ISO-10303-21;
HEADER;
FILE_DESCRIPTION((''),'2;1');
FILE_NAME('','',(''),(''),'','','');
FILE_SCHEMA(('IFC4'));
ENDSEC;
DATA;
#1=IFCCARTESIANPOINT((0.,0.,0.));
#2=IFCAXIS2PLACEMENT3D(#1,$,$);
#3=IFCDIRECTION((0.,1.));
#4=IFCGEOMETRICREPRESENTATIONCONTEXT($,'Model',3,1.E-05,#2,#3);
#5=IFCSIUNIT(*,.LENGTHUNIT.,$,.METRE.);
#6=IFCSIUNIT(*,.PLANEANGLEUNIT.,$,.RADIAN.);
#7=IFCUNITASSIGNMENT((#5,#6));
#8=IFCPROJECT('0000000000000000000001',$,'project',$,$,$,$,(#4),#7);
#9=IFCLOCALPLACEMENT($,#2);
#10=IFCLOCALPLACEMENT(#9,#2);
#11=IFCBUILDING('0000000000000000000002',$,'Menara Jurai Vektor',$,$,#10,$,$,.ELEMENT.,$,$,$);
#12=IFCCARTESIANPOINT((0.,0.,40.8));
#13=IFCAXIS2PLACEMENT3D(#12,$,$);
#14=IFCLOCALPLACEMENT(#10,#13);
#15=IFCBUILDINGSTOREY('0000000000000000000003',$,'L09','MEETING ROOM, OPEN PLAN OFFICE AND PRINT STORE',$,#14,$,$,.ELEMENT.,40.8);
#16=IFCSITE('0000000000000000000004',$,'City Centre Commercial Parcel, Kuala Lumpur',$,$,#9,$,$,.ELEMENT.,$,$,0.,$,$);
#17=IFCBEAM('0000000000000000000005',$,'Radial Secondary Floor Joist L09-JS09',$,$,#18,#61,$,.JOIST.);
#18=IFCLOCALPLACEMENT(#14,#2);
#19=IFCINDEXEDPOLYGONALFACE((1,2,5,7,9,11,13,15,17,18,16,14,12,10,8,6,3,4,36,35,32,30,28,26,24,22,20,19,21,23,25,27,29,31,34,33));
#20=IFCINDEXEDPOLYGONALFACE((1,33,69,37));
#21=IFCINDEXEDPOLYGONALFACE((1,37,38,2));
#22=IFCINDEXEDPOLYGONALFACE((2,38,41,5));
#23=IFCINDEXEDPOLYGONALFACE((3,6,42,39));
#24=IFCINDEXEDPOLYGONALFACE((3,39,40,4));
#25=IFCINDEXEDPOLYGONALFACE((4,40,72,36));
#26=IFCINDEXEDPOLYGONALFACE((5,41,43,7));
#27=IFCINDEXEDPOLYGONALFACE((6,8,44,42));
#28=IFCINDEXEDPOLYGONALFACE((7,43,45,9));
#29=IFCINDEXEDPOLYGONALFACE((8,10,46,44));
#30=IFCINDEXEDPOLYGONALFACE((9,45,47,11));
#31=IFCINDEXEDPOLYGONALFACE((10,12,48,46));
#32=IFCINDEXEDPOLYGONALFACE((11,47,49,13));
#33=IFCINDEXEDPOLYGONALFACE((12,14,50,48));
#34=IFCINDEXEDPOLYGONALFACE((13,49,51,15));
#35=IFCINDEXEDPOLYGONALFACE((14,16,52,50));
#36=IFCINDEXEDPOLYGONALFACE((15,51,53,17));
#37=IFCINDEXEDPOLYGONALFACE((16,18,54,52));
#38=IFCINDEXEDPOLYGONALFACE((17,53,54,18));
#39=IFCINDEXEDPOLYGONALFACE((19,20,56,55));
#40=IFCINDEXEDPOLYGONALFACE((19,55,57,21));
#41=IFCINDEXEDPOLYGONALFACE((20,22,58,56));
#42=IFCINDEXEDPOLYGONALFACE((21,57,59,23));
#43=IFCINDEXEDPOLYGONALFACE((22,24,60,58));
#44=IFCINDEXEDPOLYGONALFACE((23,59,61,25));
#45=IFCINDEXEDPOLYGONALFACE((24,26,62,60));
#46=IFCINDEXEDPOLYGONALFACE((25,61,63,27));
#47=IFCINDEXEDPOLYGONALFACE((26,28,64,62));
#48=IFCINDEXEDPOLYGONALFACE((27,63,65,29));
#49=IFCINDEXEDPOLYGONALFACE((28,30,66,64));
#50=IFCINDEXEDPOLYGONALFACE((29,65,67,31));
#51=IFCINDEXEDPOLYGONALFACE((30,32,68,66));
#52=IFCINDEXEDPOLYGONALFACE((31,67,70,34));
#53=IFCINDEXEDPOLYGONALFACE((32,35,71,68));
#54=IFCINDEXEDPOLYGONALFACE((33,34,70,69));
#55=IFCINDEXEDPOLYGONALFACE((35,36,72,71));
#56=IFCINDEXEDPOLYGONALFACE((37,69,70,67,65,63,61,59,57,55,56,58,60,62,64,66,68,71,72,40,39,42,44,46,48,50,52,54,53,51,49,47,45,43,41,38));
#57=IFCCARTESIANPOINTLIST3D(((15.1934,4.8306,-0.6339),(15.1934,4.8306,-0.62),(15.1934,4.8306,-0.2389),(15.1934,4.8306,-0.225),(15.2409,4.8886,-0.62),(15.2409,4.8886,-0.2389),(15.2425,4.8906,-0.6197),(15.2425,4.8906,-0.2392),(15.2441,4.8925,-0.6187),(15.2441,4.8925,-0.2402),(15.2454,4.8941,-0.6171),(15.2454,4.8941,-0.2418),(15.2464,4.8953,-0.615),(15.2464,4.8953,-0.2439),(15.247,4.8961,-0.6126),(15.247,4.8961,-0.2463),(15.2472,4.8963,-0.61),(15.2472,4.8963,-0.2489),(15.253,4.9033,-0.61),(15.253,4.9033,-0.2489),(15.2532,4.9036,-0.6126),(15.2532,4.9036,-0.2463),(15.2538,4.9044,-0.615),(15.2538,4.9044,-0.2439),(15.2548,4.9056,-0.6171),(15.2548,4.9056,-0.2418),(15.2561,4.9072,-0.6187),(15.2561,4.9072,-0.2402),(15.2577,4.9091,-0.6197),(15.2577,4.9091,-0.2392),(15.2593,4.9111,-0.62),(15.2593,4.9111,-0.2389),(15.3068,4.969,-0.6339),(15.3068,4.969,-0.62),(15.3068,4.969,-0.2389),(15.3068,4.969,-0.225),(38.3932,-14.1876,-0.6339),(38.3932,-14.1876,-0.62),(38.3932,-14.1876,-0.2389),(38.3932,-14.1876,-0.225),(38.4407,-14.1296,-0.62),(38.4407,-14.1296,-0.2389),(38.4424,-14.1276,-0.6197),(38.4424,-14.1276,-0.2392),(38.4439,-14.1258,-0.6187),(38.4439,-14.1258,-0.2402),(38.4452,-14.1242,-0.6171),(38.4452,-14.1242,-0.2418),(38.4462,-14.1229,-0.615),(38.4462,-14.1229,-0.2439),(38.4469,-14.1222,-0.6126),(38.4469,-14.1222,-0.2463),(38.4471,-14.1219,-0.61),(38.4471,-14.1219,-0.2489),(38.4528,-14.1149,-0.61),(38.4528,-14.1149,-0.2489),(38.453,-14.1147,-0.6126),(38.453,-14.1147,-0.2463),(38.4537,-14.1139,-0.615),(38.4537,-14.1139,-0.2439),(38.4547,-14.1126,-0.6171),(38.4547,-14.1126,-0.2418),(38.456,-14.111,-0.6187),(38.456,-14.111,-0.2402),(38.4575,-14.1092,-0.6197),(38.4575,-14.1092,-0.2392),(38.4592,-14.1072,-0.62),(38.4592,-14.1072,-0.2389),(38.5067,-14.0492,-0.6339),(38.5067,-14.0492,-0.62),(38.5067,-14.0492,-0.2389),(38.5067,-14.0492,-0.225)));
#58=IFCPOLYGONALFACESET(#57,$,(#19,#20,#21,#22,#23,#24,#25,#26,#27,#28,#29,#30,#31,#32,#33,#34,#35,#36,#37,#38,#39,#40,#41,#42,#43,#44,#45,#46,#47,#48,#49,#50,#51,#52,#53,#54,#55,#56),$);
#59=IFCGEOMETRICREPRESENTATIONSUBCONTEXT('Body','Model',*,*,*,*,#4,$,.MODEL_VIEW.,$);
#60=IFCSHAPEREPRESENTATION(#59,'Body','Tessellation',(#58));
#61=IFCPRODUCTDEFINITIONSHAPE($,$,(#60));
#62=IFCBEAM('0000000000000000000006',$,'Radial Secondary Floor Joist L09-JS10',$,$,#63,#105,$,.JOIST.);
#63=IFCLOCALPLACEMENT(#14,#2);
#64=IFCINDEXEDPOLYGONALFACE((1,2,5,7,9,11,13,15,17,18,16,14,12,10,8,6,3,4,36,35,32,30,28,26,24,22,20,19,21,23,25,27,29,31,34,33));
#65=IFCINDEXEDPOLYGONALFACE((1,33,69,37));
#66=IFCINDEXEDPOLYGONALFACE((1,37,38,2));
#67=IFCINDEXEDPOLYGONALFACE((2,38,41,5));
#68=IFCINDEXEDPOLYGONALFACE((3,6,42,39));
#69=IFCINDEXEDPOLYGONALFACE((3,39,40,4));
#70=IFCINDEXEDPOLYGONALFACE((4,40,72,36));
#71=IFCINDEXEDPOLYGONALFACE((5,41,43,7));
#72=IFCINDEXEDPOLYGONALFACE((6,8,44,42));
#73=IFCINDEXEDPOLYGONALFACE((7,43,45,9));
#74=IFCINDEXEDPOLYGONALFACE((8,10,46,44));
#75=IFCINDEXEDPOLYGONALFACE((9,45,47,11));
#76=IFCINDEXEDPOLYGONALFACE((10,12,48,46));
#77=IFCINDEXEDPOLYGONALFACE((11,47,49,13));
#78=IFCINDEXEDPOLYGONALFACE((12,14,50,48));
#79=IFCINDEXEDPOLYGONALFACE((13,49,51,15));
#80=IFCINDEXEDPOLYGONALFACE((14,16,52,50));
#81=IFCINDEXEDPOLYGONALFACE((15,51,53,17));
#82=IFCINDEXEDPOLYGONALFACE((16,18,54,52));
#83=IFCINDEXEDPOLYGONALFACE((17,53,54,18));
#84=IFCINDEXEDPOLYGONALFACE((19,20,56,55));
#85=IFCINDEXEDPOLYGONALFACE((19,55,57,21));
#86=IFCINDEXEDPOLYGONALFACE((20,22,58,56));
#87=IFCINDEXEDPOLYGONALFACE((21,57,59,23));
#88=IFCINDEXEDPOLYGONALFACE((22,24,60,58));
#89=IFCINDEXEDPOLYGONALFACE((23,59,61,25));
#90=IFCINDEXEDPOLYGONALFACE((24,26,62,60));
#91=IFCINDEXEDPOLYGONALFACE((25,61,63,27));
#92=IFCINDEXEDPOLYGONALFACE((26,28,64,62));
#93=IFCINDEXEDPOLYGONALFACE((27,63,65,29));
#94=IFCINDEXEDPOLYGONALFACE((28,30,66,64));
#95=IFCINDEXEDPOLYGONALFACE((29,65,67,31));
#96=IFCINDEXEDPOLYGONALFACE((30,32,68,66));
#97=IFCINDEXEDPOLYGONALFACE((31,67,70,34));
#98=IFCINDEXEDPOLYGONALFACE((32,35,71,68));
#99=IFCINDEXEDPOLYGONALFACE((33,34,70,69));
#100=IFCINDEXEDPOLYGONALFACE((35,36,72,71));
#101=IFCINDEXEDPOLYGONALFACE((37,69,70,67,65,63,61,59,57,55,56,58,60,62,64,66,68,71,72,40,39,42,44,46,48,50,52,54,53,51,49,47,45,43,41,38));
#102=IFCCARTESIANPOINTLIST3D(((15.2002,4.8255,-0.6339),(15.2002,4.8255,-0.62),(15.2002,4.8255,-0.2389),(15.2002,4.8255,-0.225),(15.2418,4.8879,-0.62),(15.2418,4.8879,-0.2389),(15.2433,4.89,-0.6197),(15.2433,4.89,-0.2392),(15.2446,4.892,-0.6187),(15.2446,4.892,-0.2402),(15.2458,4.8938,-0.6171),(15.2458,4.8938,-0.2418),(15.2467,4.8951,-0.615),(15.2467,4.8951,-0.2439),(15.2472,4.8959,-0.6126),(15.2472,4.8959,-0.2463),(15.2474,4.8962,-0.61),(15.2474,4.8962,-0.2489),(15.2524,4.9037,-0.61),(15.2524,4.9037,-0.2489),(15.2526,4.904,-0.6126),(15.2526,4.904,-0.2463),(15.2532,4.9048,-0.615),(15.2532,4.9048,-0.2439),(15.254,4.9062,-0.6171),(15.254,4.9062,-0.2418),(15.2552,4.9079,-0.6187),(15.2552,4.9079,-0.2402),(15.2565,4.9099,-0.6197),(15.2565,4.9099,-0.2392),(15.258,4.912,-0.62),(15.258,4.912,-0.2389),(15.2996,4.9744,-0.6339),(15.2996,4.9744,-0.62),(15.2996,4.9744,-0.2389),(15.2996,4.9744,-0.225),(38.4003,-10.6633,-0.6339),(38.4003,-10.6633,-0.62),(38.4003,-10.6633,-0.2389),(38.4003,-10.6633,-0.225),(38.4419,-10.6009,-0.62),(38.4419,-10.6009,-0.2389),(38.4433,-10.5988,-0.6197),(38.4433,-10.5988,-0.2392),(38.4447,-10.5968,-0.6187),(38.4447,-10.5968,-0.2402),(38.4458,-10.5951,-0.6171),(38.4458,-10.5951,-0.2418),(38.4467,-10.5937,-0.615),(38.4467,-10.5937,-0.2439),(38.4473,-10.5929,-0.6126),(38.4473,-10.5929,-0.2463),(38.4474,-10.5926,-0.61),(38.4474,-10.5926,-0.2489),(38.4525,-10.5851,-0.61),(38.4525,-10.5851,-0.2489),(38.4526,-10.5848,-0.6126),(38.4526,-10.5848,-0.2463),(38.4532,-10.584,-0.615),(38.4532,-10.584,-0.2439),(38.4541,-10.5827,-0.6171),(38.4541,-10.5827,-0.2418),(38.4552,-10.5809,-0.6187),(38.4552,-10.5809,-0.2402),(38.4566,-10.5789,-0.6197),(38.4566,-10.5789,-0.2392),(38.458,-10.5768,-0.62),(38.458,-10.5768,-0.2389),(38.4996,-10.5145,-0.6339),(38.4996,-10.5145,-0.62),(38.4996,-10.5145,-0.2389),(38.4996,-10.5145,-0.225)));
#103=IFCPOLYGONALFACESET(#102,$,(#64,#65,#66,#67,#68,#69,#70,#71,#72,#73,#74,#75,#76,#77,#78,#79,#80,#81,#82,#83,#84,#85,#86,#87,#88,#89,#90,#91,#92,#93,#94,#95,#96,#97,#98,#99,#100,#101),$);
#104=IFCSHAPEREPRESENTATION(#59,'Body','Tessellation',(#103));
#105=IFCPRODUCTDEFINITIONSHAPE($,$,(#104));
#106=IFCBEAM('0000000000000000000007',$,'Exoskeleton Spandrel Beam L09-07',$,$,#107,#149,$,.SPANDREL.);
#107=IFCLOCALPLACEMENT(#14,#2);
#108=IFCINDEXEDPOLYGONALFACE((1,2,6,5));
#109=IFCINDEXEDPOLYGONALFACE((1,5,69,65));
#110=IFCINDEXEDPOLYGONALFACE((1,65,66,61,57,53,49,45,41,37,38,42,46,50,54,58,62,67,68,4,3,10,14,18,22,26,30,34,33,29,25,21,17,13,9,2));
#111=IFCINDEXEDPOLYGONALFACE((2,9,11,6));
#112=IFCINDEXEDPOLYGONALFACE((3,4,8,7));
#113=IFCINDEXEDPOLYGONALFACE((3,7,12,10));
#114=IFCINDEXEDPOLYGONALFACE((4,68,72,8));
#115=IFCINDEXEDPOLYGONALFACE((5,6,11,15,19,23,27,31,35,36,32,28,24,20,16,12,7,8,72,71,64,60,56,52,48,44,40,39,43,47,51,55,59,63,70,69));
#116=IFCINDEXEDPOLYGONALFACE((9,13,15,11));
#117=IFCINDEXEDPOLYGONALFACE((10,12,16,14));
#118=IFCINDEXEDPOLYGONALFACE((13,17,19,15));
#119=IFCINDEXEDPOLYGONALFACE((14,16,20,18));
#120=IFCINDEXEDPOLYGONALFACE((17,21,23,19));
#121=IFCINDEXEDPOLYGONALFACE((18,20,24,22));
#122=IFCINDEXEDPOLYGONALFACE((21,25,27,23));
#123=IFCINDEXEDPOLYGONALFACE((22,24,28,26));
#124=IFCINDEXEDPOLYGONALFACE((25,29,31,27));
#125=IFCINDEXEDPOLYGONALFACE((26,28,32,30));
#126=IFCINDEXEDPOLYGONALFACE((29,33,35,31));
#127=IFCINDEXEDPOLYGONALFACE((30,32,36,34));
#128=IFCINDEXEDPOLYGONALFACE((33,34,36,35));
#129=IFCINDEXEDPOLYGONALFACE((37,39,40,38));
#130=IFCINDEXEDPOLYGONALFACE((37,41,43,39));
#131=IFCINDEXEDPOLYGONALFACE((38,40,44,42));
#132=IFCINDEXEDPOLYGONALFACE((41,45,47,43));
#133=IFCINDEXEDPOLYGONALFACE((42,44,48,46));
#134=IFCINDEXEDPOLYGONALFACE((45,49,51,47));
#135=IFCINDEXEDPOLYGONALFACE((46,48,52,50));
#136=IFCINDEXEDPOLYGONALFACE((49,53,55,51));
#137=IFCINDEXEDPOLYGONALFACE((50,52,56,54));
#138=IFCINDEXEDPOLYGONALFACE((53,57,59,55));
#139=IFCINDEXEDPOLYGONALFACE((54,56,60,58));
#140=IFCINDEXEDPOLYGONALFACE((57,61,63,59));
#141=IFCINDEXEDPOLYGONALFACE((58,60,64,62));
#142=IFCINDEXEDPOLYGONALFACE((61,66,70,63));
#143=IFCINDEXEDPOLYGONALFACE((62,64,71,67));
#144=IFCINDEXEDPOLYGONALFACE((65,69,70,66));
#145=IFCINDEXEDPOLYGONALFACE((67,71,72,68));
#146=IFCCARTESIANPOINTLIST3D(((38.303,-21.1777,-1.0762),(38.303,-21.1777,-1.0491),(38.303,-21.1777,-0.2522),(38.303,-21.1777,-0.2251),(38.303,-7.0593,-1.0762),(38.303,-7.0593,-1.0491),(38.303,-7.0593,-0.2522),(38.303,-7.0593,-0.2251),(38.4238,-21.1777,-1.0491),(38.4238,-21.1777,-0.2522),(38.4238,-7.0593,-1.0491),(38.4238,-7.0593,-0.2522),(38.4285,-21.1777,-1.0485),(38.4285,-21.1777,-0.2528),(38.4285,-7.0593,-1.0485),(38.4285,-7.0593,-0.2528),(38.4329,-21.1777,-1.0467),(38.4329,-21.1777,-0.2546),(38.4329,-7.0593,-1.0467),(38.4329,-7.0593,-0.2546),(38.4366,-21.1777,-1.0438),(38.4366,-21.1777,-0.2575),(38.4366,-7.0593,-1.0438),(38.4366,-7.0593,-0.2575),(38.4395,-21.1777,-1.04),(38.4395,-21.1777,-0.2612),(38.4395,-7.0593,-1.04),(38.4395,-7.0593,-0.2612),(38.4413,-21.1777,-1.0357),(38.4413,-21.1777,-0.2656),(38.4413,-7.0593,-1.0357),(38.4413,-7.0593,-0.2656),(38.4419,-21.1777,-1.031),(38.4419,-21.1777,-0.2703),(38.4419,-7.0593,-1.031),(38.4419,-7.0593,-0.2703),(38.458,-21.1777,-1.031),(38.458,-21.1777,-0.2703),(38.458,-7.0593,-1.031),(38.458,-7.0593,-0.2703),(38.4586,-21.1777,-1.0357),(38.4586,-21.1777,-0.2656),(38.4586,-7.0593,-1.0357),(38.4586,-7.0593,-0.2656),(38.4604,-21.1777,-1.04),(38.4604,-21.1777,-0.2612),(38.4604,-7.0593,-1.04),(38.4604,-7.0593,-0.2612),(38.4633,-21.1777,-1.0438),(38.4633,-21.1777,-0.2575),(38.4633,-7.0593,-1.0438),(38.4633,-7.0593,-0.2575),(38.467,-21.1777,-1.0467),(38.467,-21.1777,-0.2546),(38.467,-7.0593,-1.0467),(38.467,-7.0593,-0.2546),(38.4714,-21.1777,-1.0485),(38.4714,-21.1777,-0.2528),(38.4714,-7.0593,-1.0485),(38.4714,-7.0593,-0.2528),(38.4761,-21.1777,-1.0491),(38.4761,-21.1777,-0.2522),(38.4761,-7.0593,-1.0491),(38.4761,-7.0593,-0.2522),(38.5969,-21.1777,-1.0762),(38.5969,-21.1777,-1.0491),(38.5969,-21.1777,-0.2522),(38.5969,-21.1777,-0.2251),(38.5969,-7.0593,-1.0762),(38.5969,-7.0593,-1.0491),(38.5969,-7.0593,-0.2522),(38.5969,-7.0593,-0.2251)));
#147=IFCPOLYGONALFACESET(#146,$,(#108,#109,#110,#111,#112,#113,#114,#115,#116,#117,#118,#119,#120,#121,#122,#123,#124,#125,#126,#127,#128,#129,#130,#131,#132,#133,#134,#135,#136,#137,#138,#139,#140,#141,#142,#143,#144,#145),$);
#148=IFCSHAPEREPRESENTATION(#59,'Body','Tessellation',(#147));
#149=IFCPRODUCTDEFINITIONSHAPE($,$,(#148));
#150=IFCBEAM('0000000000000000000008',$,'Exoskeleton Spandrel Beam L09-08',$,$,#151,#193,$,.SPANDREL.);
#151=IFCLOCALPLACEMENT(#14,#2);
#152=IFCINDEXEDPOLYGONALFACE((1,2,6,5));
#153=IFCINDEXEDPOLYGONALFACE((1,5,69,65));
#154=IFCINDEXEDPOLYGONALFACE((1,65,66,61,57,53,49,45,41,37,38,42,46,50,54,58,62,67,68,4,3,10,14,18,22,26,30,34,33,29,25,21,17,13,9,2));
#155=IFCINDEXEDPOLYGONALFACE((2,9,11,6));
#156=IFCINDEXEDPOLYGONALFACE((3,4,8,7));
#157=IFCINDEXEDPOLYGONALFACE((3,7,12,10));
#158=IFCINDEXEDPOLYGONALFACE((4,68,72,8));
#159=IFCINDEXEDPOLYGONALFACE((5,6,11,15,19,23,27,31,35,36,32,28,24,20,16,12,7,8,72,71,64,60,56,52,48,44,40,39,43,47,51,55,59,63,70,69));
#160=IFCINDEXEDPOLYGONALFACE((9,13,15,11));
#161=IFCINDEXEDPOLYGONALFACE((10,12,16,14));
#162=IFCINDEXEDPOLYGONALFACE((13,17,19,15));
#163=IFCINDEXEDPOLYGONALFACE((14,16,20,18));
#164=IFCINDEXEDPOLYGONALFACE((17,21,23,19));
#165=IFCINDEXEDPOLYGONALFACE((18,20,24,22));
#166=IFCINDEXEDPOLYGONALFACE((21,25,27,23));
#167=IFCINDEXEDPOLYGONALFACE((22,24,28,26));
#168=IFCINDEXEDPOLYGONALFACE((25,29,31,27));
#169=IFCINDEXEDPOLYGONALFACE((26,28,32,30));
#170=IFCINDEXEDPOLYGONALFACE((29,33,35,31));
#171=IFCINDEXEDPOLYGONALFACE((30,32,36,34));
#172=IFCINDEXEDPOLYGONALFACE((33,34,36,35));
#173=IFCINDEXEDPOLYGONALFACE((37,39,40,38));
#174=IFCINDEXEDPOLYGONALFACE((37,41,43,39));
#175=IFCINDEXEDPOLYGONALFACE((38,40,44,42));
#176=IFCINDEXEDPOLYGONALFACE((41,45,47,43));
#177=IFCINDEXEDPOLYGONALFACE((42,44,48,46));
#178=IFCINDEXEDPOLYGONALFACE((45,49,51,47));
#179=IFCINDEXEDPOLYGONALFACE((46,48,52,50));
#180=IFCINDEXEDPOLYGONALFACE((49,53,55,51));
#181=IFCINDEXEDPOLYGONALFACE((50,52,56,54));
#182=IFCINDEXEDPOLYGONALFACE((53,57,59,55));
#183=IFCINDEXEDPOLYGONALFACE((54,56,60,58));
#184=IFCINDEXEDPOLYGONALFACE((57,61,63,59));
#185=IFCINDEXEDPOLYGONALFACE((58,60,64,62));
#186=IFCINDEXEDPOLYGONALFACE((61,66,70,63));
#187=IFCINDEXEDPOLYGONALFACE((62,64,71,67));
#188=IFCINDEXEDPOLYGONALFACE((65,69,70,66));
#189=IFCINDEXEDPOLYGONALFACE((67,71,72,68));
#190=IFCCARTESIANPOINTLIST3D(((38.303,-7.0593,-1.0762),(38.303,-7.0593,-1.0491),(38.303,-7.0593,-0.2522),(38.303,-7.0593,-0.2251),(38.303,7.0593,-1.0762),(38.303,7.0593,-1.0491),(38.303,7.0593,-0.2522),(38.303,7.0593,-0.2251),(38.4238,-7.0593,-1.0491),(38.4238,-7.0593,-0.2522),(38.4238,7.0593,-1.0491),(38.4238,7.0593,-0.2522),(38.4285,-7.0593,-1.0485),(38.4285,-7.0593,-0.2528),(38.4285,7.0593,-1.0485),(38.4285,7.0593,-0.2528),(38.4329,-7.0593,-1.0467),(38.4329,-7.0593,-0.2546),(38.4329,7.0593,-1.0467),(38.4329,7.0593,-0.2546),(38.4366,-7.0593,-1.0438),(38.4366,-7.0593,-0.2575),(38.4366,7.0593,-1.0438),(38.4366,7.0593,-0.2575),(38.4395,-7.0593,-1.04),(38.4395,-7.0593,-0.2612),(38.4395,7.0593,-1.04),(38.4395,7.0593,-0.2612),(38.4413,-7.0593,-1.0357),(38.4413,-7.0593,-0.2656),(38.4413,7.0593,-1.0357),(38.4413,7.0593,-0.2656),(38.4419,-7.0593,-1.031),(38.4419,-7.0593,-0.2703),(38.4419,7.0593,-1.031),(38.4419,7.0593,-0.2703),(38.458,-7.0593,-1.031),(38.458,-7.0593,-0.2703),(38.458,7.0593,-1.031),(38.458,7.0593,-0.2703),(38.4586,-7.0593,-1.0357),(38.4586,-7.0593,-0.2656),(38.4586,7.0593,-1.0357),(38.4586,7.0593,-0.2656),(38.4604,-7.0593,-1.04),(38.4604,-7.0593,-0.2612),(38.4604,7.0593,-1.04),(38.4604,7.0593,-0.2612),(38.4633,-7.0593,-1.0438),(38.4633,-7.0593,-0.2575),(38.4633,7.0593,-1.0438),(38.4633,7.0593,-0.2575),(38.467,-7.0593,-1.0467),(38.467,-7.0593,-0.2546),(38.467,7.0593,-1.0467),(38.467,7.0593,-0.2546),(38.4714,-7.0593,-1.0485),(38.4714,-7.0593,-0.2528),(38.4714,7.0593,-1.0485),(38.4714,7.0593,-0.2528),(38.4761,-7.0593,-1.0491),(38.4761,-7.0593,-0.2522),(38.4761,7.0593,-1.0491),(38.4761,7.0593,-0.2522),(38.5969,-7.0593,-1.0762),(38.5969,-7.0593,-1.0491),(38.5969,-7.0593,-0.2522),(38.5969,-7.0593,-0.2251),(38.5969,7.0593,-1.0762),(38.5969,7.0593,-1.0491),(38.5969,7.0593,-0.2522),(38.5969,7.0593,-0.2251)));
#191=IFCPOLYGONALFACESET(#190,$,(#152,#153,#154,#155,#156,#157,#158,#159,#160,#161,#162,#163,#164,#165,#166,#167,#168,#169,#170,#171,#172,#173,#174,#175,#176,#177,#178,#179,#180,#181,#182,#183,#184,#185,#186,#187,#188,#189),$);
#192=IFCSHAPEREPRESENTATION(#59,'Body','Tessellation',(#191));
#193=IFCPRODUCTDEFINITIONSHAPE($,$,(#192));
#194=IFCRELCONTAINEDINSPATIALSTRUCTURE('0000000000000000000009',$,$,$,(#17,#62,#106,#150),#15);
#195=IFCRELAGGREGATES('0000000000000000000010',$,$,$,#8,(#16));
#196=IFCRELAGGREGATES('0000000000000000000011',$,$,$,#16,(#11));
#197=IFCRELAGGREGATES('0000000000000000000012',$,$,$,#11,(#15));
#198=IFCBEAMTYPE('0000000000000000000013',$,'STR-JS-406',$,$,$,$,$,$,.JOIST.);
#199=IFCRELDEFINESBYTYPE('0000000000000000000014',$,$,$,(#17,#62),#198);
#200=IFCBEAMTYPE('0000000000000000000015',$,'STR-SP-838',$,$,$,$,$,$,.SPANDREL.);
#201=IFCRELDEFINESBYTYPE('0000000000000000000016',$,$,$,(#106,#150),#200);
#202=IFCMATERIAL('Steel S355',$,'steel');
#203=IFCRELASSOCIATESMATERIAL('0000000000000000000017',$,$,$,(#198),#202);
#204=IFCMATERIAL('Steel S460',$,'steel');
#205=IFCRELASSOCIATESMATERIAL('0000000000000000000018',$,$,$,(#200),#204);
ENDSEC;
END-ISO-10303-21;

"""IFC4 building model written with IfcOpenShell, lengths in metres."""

from ifc_helpers import new_model, si_unit, direction, frame, origin, origin_2d, place, context, subcontext, project, spatial, i_section, extrude, material, material_profile, profile_set, type_object, element, save


model = new_model("IFC4")

# Units and contexts
model_context = context("Model", 3, precision=1e-05, world=origin(), true_north=direction((0.0, 1.0)))
body_context = subcontext(model_context, "Body", "Model", "MODEL_VIEW")
ifc_project = project(units=[si_unit("LENGTHUNIT", "METRE"), si_unit("PLANEANGLEUNIT", "RADIAN")], contexts=[model_context])

# Site, building, storey
site_placement = place(None, origin())
site = spatial("IfcSite", under=ifc_project, at=site_placement, Name="City Centre Commercial Parcel, Kuala Lumpur", CompositionType="ELEMENT", RefElevation=0.0)
building_placement = place(site_placement, origin())
building = spatial("IfcBuilding", under=site, at=building_placement, Name="Menara Jurai Vektor", CompositionType="ELEMENT")
storey_placement = place(building_placement, frame((0.0, 0.0, 40.8)))
storey = spatial("IfcBuildingStorey", under=building, at=storey_placement, Name="L09", Description="MEETING ROOM, OPEN PLAN OFFICE AND PRINT STORE", CompositionType="ELEMENT", Elevation=40.8)

# Shared definitions
ifc_material_1 = material(Name="Steel S460", Category="steel")

# Beams
ifc_material_2 = material(Name="Steel S355", Category="steel")
ifc_material_profile_1 = material_profile(ifc_material_2, i_section(OverallWidth=0.179, OverallDepth=0.4089, WebThickness=0.009, FlangeThickness=0.0139, FilletRadius=0.01, at=origin_2d()), Name="UKB 406x178x67")
ifc_profile_set_1 = profile_set([ifc_material_profile_1], Name="Steel S355")
beam_type_1 = type_object("IfcBeamType", Name="STR-JS-406", PredefinedType="JOIST", material=ifc_profile_set_1)
beam_1_placement = place(storey_placement, frame((38.45, -14.1184, -0.4294), z_axis=(-0.77336, 0.633967, 0.0), x_axis=(-0.633967, -0.77336, 0.0)))
element("IfcBeam", 1, at=beam_1_placement, inside=storey, type_object=beam_type_1, Name="Radial Secondary Floor Joist L09-JS09", PredefinedType="JOIST", context=body_context, shape_type="SweptSolid", body=[
    extrude(i_section(OverallWidth=0.179, OverallDepth=0.4089, WebThickness=0.009, FlangeThickness=0.0139, FilletRadius=0.01, at=origin_2d()), origin(), (0.0, 0.0, 1.0), 29.9988),
])
beam_2_placement = place(storey_placement, frame((38.45, -10.5889, -0.4294), z_axis=(-0.831684, 0.555249, 0.0), x_axis=(-0.555249, -0.831684, 0.0)))
element("IfcBeam", 2, at=beam_2_placement, inside=storey, type_object=beam_type_1, Name="Radial Secondary Floor Joist L09-JS10", PredefinedType="JOIST", context=body_context, shape_type="SweptSolid", body=[
    extrude(i_section(OverallWidth=0.179, OverallDepth=0.4089, WebThickness=0.009, FlangeThickness=0.0139, FilletRadius=0.01, at=origin_2d()), origin(), (0.0, 0.0, 1.0), 27.8953),
])
ifc_material_profile_2 = material_profile(ifc_material_1, i_section(OverallWidth=0.2939, OverallDepth=0.8511, WebThickness=0.0161, FlangeThickness=0.0271, FilletRadius=0.0181, at=origin_2d()), Name="UKB 838x292x226")
ifc_profile_set_2 = profile_set([ifc_material_profile_2], Name="Steel S460")
beam_type_2 = type_object("IfcBeamType", Name="STR-SP-838", PredefinedType="SPANDREL", material=ifc_profile_set_2)
beam_3_placement = place(storey_placement, frame((38.45, -21.1777, -0.6506), z_axis=(0.0, 1.0, 0.0), x_axis=(-1.0, 0.0, 0.0)))
element("IfcBeam", 3, at=beam_3_placement, inside=storey, type_object=beam_type_2, Name="Exoskeleton Spandrel Beam L09-07", PredefinedType="SPANDREL", context=body_context, shape_type="SweptSolid", body=[
    extrude(i_section(OverallWidth=0.2939, OverallDepth=0.8511, WebThickness=0.0161, FlangeThickness=0.0271, FilletRadius=0.0181, at=origin_2d()), origin(), (0.0, 0.0, 1.0), 14.1184),
])
beam_4_placement = place(storey_placement, frame((38.45, -7.0593, -0.6506), z_axis=(0.0, 1.0, 0.0), x_axis=(-1.0, 0.0, 0.0)))
element("IfcBeam", 4, at=beam_4_placement, inside=storey, type_object=beam_type_2, Name="Exoskeleton Spandrel Beam L09-08", PredefinedType="SPANDREL", context=body_context, shape_type="SweptSolid", body=[
    extrude(i_section(OverallWidth=0.2939, OverallDepth=0.8511, WebThickness=0.0161, FlangeThickness=0.0271, FilletRadius=0.0181, at=origin_2d()), origin(), (0.0, 0.0, 1.0), 14.1187),
])

save(model, "model.ifc")
